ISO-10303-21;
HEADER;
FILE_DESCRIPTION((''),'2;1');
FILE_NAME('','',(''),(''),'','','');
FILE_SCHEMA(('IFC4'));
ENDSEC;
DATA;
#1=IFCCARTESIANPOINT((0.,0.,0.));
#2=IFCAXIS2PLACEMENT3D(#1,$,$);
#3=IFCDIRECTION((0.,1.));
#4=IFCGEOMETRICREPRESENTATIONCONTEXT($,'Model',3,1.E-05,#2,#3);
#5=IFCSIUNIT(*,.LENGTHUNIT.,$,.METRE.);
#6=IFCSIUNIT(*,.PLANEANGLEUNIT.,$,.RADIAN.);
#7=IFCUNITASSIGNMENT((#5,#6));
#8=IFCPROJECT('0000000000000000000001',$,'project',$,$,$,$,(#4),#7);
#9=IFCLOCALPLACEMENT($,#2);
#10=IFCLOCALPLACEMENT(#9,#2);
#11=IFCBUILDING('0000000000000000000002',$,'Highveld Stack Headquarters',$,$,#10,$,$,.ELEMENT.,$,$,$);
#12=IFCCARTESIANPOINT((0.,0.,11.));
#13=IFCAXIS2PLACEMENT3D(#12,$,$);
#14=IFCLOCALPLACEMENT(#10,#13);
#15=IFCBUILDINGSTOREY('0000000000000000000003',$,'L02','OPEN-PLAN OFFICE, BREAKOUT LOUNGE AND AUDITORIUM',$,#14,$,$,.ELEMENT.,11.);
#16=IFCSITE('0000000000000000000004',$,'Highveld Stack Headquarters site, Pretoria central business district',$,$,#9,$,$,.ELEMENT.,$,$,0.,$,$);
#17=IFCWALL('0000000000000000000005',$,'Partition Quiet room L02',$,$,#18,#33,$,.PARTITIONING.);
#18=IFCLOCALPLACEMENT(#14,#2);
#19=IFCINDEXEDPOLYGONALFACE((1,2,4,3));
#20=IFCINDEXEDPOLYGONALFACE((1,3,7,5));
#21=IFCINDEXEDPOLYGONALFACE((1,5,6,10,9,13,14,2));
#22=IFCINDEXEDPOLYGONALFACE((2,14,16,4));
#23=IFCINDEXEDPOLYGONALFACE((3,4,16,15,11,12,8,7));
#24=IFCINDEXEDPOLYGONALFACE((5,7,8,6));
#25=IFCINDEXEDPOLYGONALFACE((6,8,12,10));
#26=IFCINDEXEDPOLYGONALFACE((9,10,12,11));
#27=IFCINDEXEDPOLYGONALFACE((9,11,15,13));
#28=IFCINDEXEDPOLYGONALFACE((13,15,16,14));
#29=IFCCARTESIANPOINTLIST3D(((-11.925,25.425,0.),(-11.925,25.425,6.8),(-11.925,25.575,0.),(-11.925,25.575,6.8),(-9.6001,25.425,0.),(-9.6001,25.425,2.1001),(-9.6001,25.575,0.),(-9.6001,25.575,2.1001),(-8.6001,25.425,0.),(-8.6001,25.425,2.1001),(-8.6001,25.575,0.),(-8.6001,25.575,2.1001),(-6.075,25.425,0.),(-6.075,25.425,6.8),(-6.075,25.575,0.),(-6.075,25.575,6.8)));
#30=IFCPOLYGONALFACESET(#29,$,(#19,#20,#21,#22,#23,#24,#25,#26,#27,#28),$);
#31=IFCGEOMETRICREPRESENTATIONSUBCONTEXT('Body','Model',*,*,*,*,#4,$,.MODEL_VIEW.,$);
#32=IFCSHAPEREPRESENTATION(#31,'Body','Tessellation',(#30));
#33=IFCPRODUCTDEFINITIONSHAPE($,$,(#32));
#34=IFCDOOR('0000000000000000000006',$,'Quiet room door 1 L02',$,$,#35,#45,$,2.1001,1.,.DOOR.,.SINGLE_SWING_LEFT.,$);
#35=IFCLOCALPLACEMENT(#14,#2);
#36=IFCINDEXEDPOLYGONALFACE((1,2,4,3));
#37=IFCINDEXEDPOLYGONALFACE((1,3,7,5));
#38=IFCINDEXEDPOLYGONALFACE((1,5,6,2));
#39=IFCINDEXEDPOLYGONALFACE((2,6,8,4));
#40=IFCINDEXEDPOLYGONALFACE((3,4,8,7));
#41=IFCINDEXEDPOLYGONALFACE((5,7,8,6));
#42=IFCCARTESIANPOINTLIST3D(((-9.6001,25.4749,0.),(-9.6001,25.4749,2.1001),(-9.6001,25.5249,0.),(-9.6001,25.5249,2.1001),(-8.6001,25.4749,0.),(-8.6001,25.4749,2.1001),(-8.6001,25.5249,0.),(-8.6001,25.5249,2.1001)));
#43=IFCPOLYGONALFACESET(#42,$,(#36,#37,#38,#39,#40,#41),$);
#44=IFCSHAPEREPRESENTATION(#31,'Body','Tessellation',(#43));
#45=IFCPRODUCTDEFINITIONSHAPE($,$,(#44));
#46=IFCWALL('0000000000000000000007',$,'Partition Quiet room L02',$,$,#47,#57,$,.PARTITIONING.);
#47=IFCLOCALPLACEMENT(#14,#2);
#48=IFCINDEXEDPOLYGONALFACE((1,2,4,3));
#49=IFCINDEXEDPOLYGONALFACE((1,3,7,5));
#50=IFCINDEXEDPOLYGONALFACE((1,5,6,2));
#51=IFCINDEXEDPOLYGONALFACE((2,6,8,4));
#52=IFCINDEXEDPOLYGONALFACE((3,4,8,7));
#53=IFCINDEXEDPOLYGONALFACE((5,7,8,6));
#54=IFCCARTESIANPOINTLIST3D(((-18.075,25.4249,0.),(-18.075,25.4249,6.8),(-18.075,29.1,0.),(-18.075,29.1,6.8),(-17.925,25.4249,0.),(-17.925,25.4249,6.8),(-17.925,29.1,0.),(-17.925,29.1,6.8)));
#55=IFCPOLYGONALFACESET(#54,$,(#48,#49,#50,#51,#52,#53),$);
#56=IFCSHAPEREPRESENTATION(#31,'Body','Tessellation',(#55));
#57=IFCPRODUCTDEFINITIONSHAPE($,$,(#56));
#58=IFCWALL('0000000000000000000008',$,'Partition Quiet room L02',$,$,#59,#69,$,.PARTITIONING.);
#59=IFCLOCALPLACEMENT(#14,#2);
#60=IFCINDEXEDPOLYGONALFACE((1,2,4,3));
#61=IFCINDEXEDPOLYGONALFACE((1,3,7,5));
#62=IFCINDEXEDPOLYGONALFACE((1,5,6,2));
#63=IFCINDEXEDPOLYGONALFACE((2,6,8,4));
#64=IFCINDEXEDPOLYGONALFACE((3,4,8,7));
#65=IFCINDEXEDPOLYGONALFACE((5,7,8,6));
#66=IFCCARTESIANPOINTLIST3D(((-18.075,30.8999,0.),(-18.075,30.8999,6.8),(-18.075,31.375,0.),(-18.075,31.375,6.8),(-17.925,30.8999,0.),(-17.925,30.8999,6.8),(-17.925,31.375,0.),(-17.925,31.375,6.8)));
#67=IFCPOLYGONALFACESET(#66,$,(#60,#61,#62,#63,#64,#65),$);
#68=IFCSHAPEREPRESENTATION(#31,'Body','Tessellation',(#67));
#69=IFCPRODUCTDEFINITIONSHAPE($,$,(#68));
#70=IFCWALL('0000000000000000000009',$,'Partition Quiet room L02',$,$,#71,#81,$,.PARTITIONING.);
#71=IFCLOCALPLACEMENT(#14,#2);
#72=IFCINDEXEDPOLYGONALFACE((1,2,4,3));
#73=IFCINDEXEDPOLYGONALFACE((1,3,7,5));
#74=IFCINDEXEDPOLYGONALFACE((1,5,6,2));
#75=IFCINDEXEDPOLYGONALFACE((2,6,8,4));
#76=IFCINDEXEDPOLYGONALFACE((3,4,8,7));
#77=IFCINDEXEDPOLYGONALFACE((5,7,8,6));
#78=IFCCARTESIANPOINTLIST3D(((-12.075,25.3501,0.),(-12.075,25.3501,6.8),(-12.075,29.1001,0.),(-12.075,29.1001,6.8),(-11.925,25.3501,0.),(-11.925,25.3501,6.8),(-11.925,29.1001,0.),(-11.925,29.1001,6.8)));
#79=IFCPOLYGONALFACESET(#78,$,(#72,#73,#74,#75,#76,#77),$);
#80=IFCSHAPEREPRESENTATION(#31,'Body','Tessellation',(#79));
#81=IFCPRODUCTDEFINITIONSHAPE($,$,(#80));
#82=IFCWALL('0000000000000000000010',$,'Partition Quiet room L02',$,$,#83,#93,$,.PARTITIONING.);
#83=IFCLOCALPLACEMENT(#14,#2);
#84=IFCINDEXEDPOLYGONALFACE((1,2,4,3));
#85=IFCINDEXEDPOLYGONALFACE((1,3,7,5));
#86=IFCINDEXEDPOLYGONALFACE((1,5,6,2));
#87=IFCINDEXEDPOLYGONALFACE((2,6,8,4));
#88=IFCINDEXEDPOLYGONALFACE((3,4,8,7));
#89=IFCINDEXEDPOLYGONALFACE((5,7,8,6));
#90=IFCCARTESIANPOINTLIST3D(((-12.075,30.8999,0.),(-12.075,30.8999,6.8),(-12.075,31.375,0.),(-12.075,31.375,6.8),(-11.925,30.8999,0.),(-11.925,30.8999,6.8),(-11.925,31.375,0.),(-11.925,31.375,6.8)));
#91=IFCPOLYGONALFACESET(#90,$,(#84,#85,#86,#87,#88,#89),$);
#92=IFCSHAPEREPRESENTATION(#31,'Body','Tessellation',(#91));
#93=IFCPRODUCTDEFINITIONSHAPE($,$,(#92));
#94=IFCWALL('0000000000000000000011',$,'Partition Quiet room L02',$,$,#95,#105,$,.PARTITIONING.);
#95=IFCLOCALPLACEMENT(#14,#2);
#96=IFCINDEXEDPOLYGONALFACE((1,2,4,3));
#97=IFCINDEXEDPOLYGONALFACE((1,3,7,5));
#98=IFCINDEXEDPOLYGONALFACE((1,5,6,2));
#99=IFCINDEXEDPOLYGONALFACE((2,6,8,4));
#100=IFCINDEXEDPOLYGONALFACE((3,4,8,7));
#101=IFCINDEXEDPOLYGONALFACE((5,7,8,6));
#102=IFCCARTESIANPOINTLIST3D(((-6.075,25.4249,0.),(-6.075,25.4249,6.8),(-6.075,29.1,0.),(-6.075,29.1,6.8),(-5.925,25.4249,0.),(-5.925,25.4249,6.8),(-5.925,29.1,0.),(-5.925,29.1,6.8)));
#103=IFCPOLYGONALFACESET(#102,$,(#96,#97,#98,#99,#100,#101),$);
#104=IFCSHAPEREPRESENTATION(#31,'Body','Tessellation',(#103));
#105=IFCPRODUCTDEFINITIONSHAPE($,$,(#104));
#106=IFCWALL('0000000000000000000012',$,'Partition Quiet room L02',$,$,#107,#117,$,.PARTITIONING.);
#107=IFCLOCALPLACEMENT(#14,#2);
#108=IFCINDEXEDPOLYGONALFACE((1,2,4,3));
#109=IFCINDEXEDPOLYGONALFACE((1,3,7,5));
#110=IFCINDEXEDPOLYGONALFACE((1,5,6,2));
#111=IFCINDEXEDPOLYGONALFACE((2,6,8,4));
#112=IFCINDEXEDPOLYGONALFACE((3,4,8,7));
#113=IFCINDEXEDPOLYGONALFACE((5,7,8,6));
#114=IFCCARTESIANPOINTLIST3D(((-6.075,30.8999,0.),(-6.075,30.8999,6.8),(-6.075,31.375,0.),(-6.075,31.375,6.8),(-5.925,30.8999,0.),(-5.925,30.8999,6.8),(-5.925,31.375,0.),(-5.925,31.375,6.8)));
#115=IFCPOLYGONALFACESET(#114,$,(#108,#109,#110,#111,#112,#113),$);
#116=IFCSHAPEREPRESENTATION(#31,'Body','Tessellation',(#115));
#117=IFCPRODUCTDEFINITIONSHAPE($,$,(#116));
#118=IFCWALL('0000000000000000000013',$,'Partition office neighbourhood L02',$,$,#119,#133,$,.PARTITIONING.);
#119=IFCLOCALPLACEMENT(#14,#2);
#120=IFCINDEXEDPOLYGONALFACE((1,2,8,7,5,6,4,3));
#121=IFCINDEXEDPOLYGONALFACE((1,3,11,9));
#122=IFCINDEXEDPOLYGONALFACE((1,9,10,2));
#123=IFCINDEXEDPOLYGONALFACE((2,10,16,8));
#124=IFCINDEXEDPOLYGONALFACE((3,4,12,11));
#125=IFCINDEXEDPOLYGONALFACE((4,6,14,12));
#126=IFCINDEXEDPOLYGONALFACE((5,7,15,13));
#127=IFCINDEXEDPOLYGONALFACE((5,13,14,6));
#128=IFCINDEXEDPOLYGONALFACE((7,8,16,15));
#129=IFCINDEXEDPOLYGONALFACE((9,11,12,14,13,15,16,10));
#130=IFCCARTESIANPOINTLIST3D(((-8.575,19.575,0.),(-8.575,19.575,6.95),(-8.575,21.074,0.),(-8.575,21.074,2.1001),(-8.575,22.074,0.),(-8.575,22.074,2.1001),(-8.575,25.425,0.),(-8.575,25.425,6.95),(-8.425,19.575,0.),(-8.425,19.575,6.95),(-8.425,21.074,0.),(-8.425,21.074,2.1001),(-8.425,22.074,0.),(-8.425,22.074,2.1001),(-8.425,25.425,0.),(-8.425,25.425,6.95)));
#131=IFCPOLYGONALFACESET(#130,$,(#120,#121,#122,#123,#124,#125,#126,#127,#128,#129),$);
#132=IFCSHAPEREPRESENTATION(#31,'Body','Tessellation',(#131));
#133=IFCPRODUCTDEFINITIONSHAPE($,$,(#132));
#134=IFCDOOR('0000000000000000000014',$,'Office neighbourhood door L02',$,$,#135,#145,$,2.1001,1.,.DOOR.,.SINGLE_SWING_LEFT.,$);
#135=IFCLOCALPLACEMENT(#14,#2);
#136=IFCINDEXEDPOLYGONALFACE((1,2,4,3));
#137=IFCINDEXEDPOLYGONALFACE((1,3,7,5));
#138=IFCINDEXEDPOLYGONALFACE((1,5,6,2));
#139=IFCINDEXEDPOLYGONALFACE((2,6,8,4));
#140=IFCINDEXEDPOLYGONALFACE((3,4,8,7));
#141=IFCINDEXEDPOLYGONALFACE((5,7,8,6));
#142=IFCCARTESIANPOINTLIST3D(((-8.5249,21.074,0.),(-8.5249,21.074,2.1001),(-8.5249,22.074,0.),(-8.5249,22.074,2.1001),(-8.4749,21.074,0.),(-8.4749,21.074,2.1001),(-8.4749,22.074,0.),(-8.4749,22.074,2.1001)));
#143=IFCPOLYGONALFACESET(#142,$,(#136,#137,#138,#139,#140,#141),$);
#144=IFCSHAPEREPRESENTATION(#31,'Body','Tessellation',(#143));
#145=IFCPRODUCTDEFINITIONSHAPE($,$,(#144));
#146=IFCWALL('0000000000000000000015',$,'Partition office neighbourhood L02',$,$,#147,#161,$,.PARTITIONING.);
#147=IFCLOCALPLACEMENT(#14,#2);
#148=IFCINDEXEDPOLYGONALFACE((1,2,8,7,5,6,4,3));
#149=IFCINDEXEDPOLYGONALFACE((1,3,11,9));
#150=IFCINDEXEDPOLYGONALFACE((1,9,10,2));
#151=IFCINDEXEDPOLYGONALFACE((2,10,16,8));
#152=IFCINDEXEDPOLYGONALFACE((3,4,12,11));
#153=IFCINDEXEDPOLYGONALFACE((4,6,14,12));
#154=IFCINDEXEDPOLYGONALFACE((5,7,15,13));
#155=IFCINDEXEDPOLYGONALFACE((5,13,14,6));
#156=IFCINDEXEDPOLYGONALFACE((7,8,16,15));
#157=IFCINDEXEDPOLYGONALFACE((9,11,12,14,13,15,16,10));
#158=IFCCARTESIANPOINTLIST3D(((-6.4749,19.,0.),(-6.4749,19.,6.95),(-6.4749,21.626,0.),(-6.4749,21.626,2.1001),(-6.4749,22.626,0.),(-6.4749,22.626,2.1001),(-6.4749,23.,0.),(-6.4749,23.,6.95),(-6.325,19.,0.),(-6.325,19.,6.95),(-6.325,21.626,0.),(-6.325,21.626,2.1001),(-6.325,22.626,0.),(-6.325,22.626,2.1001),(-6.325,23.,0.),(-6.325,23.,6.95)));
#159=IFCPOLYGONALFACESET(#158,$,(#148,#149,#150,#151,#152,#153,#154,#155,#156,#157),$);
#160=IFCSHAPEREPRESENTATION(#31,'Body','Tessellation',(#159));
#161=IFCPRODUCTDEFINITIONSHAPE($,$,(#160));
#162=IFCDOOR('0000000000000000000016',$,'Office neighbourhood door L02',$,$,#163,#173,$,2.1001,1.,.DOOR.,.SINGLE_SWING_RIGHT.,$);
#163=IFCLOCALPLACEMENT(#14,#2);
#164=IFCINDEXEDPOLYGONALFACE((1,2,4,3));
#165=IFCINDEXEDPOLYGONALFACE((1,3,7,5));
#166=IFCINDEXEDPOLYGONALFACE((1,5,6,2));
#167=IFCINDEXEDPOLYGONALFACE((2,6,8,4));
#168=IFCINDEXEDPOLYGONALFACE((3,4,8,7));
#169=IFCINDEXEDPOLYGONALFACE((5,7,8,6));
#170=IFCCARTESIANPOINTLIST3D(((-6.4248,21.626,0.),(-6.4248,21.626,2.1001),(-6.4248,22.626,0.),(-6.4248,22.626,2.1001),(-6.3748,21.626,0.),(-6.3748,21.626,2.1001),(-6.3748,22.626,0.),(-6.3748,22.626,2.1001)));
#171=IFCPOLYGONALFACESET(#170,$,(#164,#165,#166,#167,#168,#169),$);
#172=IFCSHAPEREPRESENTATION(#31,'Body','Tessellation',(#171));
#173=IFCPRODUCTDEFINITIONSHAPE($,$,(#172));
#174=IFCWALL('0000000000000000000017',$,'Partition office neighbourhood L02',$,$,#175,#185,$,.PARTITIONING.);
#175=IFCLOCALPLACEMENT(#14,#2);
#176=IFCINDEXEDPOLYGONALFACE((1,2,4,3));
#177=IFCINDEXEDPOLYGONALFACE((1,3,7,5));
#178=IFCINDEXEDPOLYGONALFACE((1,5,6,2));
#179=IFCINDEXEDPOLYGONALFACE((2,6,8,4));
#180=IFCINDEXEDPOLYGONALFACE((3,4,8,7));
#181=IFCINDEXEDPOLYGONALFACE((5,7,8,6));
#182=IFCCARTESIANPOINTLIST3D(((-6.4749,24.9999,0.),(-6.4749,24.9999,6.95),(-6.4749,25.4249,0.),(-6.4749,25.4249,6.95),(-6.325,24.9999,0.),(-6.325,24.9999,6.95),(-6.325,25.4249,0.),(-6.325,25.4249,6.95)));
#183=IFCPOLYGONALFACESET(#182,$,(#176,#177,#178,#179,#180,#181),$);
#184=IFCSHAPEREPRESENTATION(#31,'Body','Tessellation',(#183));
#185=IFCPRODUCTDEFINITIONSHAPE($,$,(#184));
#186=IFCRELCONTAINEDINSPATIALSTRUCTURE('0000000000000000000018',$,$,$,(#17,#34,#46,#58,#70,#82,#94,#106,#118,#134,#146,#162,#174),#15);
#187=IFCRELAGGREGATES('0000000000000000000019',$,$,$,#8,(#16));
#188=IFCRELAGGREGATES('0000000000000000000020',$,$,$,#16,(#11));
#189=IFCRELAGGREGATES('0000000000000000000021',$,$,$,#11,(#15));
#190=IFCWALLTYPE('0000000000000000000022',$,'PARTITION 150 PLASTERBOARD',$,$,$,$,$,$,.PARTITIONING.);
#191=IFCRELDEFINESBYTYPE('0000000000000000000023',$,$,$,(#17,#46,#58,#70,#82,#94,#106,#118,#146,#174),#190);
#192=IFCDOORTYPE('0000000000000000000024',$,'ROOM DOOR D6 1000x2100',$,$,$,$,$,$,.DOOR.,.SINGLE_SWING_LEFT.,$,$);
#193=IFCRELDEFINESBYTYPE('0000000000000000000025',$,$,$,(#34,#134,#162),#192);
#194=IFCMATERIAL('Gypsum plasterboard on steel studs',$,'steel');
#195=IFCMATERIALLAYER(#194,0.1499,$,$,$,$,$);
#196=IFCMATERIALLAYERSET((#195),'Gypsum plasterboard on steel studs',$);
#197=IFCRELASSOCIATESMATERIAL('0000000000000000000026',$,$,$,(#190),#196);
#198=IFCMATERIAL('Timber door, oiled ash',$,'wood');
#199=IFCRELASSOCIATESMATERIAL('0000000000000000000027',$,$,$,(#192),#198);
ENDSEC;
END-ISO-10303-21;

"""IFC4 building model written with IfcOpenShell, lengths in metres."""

from ifc_helpers import new_model, si_unit, direction, frame, frame_2d, origin, place, context, subcontext, project, spatial, rectangle, extrude, material, layer, layer_set, type_object, element, fill, save


model = new_model("IFC4")

# Units and contexts
model_context = context("Model", 3, precision=1e-05, world=origin(), true_north=direction((0.0, 1.0)))
body_context = subcontext(model_context, "Body", "Model", "MODEL_VIEW")
ifc_project = project(units=[si_unit("LENGTHUNIT", "METRE"), si_unit("PLANEANGLEUNIT", "RADIAN")], contexts=[model_context])

# Site, building, storey
site_placement = place(None, origin())
site = spatial("IfcSite", under=ifc_project, at=site_placement, Name="Highveld Stack Headquarters site, Pretoria central business district", CompositionType="ELEMENT", RefElevation=0.0)
building_placement = place(site_placement, origin())
building = spatial("IfcBuilding", under=site, at=building_placement, Name="Highveld Stack Headquarters", CompositionType="ELEMENT")
storey_placement = place(building_placement, frame((0.0, 0.0, 11.0)))
storey = spatial("IfcBuildingStorey", under=building, at=storey_placement, Name="L02", Description="OPEN-PLAN OFFICE, BREAKOUT LOUNGE AND AUDITORIUM", CompositionType="ELEMENT", Elevation=11.0)

# Wall, opening, door
ifc_material_1 = material(Name="Gypsum plasterboard on steel studs", Category="steel")
ifc_layer_1 = layer(ifc_material_1, 0.1499)
ifc_layer_set_1 = layer_set([ifc_layer_1], Name="Gypsum plasterboard on steel studs")
wall_type = type_object("IfcWallType", Name="PARTITION 150 PLASTERBOARD", PredefinedType="PARTITIONING", material=ifc_layer_set_1)
ifc_material_2 = material(Name="Timber door, oiled ash", Category="wood")
door_type = type_object("IfcDoorType", Name="ROOM DOOR D6 1000x2100", OperationType="SINGLE_SWING_LEFT", PredefinedType="DOOR", material=ifc_material_2)
wall_1_placement = place(storey_placement, frame((-11.925, 25.5, 0.0), z_axis=(0.0, 0.0, 1.0), x_axis=(1.0, 0.0, 0.0)))
wall_1 = element("IfcWall", 1, at=wall_1_placement, inside=storey, type_object=wall_type, Name="Partition Quiet room L02", PredefinedType="PARTITIONING", context=body_context, shape_type="SweptSolid", body=[
    extrude(rectangle(XDim=5.8501, YDim=0.1499, at=frame_2d((2.925, 0.0))), origin(), (0.0, 0.0, 1.0), 6.8),
])
opening_1_placement = place(wall_1_placement, frame((2.325, 0.0, 0.0)))
opening_1 = element("IfcOpeningElement", 2, at=opening_1_placement, cuts=wall_1, PredefinedType="OPENING", context=body_context, shape_type="SweptSolid", body=[
    extrude(rectangle(XDim=1.0, YDim=2.1001, at=frame_2d((0.5, 1.05))), frame((0.0, 0.085, 0.0), z_axis=(0.0, -1.0, 0.0), x_axis=(1.0, 0.0, 0.0)), (0.0, 0.0, 1.0), 0.1699),
])
door_1_placement = place(opening_1_placement, origin())
door_1 = element("IfcDoor", 3, at=door_1_placement, inside=storey, type_object=door_type, Name="Quiet room door 1 L02", OperationType="SINGLE_SWING_LEFT", OverallHeight=2.1001, OverallWidth=1.0, PredefinedType="DOOR", context=body_context, shape_type="SweptSolid", body=[
    extrude(rectangle(XDim=1.0, YDim=2.1001, at=frame_2d((0.5, 1.05))), frame((0.0, 0.0249, 0.0), z_axis=(0.0, -1.0, 0.0), x_axis=(1.0, 0.0, 0.0)), (0.0, 0.0, 1.0), 0.05),
])
fill(opening_1, door_1)

# Walls
wall_2_placement = place(storey_placement, frame((-18.0, 25.425, 0.0), z_axis=(0.0, 0.0, 1.0), x_axis=(0.0, 1.0, 0.0)))
element("IfcWall", 4, at=wall_2_placement, inside=storey, type_object=wall_type, Name="Partition Quiet room L02", PredefinedType="PARTITIONING", context=body_context, shape_type="SweptSolid", body=[
    extrude(rectangle(XDim=3.675, YDim=0.1499, at=frame_2d((1.8374, 0.0))), origin(), (0.0, 0.0, 1.0), 6.8),
])
wall_3_placement = place(storey_placement, frame((-18.0, 30.8999, 0.0), z_axis=(0.0, 0.0, 1.0), x_axis=(0.0, 1.0, 0.0)))
element("IfcWall", 5, at=wall_3_placement, inside=storey, type_object=wall_type, Name="Partition Quiet room L02", PredefinedType="PARTITIONING", context=body_context, shape_type="SweptSolid", body=[
    extrude(rectangle(XDim=0.4751, YDim=0.1499, at=frame_2d((0.2375, 0.0))), origin(), (0.0, 0.0, 1.0), 6.8),
])
wall_4_placement = place(storey_placement, frame((-12.0, 25.3501, 0.0), z_axis=(0.0, 0.0, 1.0), x_axis=(0.0, 1.0, 0.0)))
element("IfcWall", 6, at=wall_4_placement, inside=storey, type_object=wall_type, Name="Partition Quiet room L02", PredefinedType="PARTITIONING", context=body_context, shape_type="SweptSolid", body=[
    extrude(rectangle(XDim=3.75, YDim=0.1499, at=frame_2d((1.875, 0.0))), origin(), (0.0, 0.0, 1.0), 6.8),
])
wall_5_placement = place(storey_placement, frame((-12.0, 30.8999, 0.0), z_axis=(0.0, 0.0, 1.0), x_axis=(0.0, 1.0, 0.0)))
element("IfcWall", 7, at=wall_5_placement, inside=storey, type_object=wall_type, Name="Partition Quiet room L02", PredefinedType="PARTITIONING", context=body_context, shape_type="SweptSolid", body=[
    extrude(rectangle(XDim=0.4751, YDim=0.1499, at=frame_2d((0.2375, 0.0))), origin(), (0.0, 0.0, 1.0), 6.8),
])
wall_6_placement = place(storey_placement, frame((-6.0, 25.425, 0.0), z_axis=(0.0, 0.0, 1.0), x_axis=(0.0, 1.0, 0.0)))
element("IfcWall", 8, at=wall_6_placement, inside=storey, type_object=wall_type, Name="Partition Quiet room L02", PredefinedType="PARTITIONING", context=body_context, shape_type="SweptSolid", body=[
    extrude(rectangle(XDim=3.675, YDim=0.1499, at=frame_2d((1.8374, 0.0))), origin(), (0.0, 0.0, 1.0), 6.8),
])
wall_7_placement = place(storey_placement, frame((-6.0, 30.8999, 0.0), z_axis=(0.0, 0.0, 1.0), x_axis=(0.0, 1.0, 0.0)))
element("IfcWall", 9, at=wall_7_placement, inside=storey, type_object=wall_type, Name="Partition Quiet room L02", PredefinedType="PARTITIONING", context=body_context, shape_type="SweptSolid", body=[
    extrude(rectangle(XDim=0.4751, YDim=0.1499, at=frame_2d((0.2375, 0.0))), origin(), (0.0, 0.0, 1.0), 6.8),
])

# Walls, openings, doors
wall_8_placement = place(storey_placement, frame((-8.5, 19.575, 0.0), z_axis=(0.0, 0.0, 1.0), x_axis=(0.0, 1.0, 0.0)))
wall_8 = element("IfcWall", 10, at=wall_8_placement, inside=storey, type_object=wall_type, Name="Partition office neighbourhood L02", PredefinedType="PARTITIONING", context=body_context, shape_type="SweptSolid", body=[
    extrude(rectangle(XDim=5.8501, YDim=0.1499, at=frame_2d((2.925, 0.0))), origin(), (0.0, 0.0, 1.0), 6.95),
])
opening_2_placement = place(wall_8_placement, frame((1.499, 0.0, 0.0)))
opening_2 = element("IfcOpeningElement", 11, at=opening_2_placement, cuts=wall_8, PredefinedType="OPENING", context=body_context, shape_type="SweptSolid", body=[
    extrude(rectangle(XDim=1.0, YDim=2.1001, at=frame_2d((0.5, 1.05))), frame((0.0, 0.085, 0.0), z_axis=(0.0, -1.0, 0.0), x_axis=(1.0, 0.0, 0.0)), (0.0, 0.0, 1.0), 0.1699),
])
door_2_placement = place(opening_2_placement, origin())
door_2 = element("IfcDoor", 12, at=door_2_placement, inside=storey, type_object=door_type, Name="Office neighbourhood door L02", OperationType="SINGLE_SWING_LEFT", OverallHeight=2.1001, OverallWidth=1.0, PredefinedType="DOOR", context=body_context, shape_type="SweptSolid", body=[
    extrude(rectangle(XDim=1.0, YDim=2.1001, at=frame_2d((0.5, 1.05))), frame((0.0, 0.0249, 0.0), z_axis=(0.0, -1.0, 0.0), x_axis=(1.0, 0.0, 0.0)), (0.0, 0.0, 1.0), 0.05),
])
fill(opening_2, door_2)
wall_9_placement = place(storey_placement, frame((-6.3999, 19.0, 0.0), z_axis=(0.0, 0.0, 1.0), x_axis=(0.0, 1.0, 0.0)))
wall_9 = element("IfcWall", 13, at=wall_9_placement, inside=storey, type_object=wall_type, Name="Partition office neighbourhood L02", PredefinedType="PARTITIONING", context=body_context, shape_type="SweptSolid", body=[
    extrude(rectangle(XDim=4.0, YDim=0.1499, at=frame_2d((2.0, 0.0))), origin(), (0.0, 0.0, 1.0), 6.95),
])
opening_3_placement = place(wall_9_placement, frame((2.626, 0.0, 0.0)))
opening_3 = element("IfcOpeningElement", 14, at=opening_3_placement, cuts=wall_9, PredefinedType="OPENING", context=body_context, shape_type="SweptSolid", body=[
    extrude(rectangle(XDim=1.0, YDim=2.1001, at=frame_2d((0.5, 1.05))), frame((0.0, 0.085, 0.0), z_axis=(0.0, -1.0, 0.0), x_axis=(1.0, 0.0, 0.0)), (0.0, 0.0, 1.0), 0.1699),
])
door_3_placement = place(opening_3_placement, origin())
door_3 = element("IfcDoor", 15, at=door_3_placement, inside=storey, type_object=door_type, Name="Office neighbourhood door L02", OperationType="SINGLE_SWING_RIGHT", OverallHeight=2.1001, OverallWidth=1.0, PredefinedType="DOOR", context=body_context, shape_type="SweptSolid", body=[
    extrude(rectangle(XDim=1.0, YDim=2.1001, at=frame_2d((0.5, 1.05))), frame((0.0, 0.0249, 0.0), z_axis=(0.0, -1.0, 0.0), x_axis=(1.0, 0.0, 0.0)), (0.0, 0.0, 1.0), 0.05),
])
fill(opening_3, door_3)

# Wall
wall_10_placement = place(storey_placement, frame((-6.3999, 25.0, 0.0), z_axis=(0.0, 0.0, 1.0), x_axis=(0.0, 1.0, 0.0)))
element("IfcWall", 16, at=wall_10_placement, inside=storey, type_object=wall_type, Name="Partition office neighbourhood L02", PredefinedType="PARTITIONING", context=body_context, shape_type="SweptSolid", body=[
    extrude(rectangle(XDim=0.425, YDim=0.1499, at=frame_2d((0.2124, 0.0))), origin(), (0.0, 0.0, 1.0), 6.95),
])

save(model, "model.ifc")
